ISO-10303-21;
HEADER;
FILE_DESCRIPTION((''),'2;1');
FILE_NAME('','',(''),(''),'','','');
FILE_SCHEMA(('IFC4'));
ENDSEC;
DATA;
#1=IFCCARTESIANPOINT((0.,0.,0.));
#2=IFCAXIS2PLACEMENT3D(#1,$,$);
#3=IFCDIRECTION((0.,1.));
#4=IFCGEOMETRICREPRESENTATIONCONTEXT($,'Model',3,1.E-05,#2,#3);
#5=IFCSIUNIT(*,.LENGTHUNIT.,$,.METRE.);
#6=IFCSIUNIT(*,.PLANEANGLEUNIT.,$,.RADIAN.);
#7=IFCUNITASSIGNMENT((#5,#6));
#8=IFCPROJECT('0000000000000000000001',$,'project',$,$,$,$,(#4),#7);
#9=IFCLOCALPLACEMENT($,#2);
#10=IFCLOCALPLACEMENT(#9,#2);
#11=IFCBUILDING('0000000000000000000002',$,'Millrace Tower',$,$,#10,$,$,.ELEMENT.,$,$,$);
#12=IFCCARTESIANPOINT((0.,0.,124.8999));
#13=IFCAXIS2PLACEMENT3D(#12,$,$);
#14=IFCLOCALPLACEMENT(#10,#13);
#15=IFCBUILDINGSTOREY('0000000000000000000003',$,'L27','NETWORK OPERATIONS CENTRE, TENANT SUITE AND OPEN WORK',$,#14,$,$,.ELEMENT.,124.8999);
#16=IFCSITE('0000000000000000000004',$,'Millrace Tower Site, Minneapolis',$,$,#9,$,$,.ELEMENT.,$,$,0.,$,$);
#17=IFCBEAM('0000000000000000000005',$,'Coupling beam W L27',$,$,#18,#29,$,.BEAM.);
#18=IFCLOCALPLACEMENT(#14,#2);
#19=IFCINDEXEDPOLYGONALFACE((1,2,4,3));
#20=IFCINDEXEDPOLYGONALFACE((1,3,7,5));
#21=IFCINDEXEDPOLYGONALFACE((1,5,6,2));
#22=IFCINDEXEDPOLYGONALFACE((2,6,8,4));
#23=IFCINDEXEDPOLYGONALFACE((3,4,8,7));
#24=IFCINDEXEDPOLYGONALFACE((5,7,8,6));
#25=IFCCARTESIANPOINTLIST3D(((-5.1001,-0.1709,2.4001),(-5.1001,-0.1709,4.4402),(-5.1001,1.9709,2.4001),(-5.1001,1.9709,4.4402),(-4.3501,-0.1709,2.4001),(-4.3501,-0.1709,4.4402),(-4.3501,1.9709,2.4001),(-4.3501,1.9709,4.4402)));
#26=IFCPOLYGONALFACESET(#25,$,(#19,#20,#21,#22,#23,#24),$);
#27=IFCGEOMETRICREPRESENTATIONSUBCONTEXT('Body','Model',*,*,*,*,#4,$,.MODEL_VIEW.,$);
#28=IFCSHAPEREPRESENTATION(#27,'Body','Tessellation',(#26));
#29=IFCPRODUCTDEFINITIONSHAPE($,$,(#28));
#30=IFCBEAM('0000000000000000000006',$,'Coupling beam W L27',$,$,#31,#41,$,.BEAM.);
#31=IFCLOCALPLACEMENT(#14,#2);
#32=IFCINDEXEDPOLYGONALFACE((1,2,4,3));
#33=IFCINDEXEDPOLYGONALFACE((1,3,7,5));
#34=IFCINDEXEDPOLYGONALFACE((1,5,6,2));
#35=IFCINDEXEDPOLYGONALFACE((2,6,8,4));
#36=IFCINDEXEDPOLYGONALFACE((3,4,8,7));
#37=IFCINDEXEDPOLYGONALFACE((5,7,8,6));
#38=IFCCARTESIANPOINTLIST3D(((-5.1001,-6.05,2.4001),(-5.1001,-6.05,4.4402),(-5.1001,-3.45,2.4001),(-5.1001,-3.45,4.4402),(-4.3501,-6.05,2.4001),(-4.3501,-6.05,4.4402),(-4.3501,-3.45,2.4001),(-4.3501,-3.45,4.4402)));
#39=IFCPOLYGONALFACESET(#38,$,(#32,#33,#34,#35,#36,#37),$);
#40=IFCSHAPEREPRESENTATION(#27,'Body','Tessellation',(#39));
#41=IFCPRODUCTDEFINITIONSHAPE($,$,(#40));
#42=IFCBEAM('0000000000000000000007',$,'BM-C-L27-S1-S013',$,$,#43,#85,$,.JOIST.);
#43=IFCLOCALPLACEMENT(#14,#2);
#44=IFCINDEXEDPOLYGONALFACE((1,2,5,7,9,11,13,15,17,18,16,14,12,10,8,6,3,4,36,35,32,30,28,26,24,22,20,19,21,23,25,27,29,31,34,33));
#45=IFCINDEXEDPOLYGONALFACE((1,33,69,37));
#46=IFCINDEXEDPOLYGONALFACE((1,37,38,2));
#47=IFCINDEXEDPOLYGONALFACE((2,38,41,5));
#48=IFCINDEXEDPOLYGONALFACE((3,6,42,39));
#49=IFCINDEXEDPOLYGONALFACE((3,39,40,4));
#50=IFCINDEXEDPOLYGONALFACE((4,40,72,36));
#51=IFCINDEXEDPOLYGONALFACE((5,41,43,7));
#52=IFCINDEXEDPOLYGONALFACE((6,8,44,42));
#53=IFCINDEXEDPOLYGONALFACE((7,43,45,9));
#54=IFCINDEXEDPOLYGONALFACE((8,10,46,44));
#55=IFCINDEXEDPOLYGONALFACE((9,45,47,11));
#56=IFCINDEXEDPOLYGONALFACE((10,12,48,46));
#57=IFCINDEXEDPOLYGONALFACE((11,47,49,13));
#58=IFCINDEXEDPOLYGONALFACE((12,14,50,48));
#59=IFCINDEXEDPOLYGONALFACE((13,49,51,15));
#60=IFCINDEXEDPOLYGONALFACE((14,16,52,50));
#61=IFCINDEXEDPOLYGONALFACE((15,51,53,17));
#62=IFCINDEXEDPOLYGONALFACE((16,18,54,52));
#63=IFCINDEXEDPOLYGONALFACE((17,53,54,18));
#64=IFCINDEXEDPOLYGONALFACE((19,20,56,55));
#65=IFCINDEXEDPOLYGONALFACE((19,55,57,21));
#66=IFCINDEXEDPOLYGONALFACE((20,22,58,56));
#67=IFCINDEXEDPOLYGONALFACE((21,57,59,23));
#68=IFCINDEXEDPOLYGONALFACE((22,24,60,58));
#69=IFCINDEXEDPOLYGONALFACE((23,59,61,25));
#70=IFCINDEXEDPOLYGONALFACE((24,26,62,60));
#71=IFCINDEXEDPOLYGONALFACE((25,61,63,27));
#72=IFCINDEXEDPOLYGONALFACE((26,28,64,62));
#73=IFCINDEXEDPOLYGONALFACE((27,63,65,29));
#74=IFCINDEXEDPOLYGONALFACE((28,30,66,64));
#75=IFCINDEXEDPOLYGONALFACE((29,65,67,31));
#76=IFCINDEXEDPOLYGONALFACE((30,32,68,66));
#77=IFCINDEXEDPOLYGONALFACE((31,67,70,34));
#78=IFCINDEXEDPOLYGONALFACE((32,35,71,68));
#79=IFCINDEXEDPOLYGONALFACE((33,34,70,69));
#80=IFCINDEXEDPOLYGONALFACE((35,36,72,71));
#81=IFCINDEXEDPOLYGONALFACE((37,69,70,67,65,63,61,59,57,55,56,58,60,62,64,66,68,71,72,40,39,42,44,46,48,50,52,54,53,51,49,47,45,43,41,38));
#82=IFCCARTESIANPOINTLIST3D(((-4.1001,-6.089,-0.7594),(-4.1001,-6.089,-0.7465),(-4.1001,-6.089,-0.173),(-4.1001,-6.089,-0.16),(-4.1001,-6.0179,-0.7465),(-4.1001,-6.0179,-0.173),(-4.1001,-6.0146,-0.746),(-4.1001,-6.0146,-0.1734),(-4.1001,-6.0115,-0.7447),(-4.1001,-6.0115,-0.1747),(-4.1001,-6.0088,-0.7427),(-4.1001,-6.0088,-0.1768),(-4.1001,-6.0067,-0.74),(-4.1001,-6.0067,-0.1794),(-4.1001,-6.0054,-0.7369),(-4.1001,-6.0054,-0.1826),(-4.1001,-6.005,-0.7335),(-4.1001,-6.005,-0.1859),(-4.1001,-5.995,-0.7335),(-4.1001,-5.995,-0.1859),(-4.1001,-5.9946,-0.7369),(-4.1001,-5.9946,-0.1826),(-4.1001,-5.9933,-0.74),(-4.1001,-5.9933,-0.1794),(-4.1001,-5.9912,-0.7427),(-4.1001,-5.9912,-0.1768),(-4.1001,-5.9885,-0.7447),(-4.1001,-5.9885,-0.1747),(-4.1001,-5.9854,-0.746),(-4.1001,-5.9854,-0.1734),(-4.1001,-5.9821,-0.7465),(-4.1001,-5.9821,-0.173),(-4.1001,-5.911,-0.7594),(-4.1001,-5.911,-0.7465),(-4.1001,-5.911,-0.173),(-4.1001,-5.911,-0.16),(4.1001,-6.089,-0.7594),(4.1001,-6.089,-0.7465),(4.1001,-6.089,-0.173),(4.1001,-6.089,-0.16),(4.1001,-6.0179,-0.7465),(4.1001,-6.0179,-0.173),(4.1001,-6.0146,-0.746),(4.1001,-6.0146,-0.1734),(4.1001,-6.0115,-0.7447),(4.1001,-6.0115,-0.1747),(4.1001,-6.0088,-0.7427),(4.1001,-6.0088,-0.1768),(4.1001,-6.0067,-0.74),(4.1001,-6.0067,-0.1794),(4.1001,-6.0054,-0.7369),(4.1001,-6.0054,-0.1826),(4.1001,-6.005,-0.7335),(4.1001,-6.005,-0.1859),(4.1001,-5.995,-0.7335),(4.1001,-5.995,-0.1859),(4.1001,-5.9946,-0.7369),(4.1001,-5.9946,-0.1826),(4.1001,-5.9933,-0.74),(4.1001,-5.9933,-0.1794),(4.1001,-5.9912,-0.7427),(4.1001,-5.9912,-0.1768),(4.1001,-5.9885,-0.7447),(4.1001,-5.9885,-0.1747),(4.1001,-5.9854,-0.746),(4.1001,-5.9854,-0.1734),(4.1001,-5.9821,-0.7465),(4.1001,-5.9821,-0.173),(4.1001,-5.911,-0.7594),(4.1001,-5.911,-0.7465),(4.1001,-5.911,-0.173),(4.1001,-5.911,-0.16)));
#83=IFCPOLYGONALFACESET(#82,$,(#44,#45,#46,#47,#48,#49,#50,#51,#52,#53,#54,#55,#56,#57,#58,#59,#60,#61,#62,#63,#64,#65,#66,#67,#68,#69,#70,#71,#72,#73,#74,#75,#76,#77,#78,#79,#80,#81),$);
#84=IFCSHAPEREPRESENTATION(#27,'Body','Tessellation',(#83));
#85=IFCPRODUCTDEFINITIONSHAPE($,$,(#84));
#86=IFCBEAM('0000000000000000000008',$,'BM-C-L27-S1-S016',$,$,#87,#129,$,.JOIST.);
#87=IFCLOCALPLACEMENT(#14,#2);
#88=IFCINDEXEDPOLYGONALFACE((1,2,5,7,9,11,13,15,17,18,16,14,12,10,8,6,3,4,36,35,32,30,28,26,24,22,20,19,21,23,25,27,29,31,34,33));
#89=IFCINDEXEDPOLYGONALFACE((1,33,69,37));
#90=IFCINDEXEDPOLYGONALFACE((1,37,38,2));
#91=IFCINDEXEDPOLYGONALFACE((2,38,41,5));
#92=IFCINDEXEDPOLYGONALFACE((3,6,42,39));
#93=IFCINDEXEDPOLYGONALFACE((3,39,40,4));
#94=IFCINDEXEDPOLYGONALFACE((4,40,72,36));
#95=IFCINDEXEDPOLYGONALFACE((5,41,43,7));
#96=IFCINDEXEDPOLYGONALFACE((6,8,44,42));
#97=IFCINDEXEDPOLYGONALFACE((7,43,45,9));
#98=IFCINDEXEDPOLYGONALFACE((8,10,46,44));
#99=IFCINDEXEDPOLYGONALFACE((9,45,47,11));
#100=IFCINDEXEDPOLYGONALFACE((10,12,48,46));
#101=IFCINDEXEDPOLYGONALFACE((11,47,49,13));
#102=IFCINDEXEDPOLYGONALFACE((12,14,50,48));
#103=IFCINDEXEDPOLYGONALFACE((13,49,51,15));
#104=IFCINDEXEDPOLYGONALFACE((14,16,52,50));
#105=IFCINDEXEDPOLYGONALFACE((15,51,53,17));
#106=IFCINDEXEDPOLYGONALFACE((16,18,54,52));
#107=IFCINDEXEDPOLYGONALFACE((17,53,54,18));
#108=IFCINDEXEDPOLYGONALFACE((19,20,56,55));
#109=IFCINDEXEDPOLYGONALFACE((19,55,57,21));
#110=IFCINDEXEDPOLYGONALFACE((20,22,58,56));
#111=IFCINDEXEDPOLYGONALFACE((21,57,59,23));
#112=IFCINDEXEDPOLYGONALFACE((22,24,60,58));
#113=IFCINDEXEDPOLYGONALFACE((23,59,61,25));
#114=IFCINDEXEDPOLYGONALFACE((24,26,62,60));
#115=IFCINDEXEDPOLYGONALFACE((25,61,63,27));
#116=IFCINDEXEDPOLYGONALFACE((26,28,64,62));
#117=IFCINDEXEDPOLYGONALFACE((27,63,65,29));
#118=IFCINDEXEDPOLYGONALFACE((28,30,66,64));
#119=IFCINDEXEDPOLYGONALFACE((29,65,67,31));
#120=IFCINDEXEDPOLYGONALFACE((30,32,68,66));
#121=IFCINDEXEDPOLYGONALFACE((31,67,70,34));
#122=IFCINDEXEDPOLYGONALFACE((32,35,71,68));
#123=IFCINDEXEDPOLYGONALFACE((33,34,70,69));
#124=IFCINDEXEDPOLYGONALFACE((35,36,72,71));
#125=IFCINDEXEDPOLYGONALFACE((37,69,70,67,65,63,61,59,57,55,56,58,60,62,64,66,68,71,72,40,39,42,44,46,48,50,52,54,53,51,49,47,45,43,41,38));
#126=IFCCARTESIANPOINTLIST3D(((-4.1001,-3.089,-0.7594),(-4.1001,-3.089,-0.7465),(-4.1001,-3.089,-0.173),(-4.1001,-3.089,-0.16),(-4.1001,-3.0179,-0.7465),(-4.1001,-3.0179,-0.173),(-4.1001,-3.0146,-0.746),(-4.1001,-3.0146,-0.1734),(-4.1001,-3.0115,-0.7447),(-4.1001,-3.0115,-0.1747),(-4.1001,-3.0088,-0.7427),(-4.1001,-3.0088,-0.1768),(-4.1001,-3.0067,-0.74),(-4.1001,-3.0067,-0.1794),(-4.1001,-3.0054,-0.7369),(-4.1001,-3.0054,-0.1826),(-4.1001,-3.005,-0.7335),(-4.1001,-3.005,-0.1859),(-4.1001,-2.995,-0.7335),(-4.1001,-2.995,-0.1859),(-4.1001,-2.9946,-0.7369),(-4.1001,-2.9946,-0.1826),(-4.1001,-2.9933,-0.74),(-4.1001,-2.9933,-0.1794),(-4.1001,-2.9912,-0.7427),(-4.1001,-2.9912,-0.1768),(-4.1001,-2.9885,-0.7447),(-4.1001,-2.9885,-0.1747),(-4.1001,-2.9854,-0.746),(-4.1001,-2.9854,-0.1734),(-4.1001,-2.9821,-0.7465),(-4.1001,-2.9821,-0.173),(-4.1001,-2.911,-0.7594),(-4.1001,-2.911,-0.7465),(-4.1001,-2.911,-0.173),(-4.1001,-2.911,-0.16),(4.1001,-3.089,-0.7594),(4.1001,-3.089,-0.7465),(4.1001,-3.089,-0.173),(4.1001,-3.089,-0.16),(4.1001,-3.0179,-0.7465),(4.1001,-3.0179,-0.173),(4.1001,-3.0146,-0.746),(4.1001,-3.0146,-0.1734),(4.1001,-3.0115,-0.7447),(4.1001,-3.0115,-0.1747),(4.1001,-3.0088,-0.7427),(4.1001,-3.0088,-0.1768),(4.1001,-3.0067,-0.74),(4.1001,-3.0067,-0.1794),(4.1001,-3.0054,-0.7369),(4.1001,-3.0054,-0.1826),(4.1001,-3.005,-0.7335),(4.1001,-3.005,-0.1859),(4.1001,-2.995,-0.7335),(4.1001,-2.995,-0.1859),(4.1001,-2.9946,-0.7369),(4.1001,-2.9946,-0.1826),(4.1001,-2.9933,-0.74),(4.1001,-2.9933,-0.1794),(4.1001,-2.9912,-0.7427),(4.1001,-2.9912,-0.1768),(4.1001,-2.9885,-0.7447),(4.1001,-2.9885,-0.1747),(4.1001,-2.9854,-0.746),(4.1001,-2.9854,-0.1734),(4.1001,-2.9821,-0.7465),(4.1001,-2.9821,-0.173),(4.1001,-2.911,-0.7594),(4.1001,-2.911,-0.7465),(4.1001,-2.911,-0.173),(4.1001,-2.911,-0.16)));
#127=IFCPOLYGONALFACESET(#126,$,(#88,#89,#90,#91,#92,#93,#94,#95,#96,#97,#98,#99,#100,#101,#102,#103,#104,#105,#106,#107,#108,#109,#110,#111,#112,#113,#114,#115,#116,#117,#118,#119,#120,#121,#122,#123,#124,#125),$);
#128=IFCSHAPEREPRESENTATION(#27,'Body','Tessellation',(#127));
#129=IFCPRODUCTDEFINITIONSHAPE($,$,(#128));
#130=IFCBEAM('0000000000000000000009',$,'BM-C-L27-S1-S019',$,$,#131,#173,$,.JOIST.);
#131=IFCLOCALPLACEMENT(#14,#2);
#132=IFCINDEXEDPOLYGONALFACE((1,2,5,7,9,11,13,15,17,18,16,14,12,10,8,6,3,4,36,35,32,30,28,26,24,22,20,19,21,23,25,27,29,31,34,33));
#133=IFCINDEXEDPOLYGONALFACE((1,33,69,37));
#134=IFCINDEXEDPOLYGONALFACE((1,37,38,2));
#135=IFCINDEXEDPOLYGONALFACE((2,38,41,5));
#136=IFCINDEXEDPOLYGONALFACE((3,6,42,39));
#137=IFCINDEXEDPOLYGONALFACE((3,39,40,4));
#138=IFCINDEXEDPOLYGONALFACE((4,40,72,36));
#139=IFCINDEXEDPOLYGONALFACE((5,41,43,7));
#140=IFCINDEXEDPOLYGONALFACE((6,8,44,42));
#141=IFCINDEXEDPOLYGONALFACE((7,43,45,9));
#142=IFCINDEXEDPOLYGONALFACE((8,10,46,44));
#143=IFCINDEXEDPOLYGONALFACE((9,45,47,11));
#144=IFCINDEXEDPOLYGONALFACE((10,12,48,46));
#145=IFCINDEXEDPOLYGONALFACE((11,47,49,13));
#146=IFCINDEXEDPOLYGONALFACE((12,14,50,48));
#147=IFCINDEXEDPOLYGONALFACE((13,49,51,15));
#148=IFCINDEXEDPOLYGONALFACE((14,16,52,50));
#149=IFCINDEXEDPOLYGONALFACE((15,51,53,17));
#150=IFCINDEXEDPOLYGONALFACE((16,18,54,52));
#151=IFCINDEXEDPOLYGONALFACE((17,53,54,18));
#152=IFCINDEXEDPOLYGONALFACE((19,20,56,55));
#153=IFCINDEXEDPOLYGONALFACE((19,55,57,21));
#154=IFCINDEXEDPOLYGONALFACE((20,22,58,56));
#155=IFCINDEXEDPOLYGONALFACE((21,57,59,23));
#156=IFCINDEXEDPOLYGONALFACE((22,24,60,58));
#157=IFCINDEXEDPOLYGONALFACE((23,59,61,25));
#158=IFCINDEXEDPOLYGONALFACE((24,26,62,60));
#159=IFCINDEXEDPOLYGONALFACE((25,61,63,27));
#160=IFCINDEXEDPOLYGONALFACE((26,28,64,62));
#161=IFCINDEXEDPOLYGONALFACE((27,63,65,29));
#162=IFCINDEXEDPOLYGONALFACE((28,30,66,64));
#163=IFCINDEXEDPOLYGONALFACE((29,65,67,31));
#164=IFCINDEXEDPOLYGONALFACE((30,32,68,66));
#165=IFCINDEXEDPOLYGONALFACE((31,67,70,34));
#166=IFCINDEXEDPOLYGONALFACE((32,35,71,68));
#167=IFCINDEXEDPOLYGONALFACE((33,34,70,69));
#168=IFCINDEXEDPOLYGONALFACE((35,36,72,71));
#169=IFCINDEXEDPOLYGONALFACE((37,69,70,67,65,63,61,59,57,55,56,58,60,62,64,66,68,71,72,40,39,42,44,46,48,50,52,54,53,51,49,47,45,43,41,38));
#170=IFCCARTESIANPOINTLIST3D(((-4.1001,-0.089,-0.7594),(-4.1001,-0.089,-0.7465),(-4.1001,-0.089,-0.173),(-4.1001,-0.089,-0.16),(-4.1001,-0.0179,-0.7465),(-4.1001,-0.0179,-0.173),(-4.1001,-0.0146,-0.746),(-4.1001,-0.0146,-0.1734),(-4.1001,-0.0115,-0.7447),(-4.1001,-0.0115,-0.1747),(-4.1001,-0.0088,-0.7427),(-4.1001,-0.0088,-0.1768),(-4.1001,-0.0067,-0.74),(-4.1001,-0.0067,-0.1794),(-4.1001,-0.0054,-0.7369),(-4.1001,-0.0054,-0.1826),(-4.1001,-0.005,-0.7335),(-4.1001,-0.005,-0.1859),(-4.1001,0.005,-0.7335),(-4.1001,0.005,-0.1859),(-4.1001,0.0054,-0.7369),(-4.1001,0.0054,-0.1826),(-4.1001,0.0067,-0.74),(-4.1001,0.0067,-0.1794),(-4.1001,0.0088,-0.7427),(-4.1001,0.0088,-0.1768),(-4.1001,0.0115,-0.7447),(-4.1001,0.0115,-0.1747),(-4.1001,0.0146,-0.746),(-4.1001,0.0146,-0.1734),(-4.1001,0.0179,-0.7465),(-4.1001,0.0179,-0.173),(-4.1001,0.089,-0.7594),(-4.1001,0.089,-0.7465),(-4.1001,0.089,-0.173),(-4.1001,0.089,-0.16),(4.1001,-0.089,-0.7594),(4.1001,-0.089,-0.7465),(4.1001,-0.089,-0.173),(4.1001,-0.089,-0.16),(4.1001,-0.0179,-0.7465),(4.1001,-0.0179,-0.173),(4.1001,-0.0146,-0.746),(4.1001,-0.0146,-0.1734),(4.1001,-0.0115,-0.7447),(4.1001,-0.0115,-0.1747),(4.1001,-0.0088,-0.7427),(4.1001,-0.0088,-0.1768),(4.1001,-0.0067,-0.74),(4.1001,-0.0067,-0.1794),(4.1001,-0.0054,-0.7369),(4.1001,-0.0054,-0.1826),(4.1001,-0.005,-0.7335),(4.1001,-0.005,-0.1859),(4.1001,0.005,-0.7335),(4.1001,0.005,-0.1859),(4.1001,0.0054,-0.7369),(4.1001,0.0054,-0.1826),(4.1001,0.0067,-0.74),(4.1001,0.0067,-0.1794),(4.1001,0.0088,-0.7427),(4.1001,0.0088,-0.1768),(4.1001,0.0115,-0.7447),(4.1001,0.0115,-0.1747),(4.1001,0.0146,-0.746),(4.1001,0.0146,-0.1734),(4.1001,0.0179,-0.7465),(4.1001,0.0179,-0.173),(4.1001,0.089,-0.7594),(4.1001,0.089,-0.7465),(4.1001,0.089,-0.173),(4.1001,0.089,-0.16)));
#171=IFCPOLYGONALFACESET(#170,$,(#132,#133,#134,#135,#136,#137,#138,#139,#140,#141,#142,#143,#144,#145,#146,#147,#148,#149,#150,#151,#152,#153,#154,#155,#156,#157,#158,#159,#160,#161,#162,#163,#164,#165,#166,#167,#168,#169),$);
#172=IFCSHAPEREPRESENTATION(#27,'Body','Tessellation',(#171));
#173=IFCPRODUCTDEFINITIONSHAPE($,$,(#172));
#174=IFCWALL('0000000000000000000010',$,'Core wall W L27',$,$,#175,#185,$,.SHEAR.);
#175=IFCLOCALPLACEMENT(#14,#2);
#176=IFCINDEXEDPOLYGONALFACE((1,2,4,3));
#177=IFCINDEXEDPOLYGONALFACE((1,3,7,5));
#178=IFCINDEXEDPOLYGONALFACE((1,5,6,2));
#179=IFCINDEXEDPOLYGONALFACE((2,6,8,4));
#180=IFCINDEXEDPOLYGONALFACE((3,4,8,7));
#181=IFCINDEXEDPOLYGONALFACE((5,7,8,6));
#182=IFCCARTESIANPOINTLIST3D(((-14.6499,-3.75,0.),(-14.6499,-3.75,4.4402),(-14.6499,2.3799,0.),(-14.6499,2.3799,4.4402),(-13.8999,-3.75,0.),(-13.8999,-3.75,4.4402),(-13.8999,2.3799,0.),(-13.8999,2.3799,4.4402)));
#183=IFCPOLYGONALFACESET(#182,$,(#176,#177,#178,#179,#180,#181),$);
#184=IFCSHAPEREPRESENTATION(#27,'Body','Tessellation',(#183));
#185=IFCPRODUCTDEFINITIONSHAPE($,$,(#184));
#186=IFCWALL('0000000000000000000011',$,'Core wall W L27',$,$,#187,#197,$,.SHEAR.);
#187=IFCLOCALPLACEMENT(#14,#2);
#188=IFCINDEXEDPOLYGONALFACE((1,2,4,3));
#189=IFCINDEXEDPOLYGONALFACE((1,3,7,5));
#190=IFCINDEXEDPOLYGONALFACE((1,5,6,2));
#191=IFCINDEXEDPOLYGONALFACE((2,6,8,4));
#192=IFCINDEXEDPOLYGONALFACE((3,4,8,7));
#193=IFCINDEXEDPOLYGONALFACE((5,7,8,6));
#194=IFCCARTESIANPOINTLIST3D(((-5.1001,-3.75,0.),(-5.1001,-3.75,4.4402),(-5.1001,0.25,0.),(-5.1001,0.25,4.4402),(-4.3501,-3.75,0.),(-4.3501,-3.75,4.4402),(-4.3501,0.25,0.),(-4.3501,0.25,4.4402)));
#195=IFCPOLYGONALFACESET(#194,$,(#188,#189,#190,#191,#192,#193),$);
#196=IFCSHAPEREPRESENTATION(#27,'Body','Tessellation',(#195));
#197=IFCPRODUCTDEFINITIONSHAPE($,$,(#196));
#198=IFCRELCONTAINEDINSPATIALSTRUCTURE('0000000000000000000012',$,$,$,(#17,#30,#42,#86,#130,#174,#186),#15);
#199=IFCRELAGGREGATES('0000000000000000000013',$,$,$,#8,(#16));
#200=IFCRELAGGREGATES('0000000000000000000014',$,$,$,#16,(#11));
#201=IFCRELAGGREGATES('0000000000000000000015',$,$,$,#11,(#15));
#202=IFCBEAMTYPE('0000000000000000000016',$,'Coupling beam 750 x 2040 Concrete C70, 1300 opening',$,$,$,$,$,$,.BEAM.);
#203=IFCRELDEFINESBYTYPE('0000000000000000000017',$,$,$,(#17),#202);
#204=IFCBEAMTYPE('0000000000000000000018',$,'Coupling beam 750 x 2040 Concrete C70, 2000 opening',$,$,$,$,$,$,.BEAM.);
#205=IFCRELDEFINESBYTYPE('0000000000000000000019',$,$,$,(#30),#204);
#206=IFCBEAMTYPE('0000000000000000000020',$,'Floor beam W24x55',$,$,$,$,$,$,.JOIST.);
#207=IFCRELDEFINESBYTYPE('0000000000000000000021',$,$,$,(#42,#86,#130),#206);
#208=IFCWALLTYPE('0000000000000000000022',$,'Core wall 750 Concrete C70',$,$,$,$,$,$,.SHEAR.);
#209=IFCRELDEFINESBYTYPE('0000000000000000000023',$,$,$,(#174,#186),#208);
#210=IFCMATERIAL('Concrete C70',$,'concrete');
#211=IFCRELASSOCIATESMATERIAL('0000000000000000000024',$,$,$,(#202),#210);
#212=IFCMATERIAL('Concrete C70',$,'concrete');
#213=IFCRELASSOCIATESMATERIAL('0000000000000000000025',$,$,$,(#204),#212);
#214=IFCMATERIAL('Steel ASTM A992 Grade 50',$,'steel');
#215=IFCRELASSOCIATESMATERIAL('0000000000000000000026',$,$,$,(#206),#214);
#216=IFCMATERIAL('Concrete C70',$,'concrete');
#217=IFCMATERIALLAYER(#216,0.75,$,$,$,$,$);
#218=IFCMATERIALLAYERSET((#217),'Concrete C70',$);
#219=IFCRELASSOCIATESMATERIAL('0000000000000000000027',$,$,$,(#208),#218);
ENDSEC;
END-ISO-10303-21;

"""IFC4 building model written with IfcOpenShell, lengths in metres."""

from ifc_helpers import new_model, si_unit, direction, frame, frame_2d, origin, origin_2d, place, context, subcontext, project, spatial, rectangle, i_section, extrude, material, layer, layer_set, material_profile, profile_set, type_object, element, save


model = new_model("IFC4")

# Units and contexts
model_context = context("Model", 3, precision=1e-05, world=origin(), true_north=direction((0.0, 1.0)))
body_context = subcontext(model_context, "Body", "Model", "MODEL_VIEW")
ifc_project = project(units=[si_unit("LENGTHUNIT", "METRE"), si_unit("PLANEANGLEUNIT", "RADIAN")], contexts=[model_context])

# Site, building, storey
site_placement = place(None, origin())
site = spatial("IfcSite", under=ifc_project, at=site_placement, Name="Millrace Tower Site, Minneapolis", CompositionType="ELEMENT", RefElevation=0.0)
building_placement = place(site_placement, origin())
building = spatial("IfcBuilding", under=site, at=building_placement, Name="Millrace Tower", CompositionType="ELEMENT")
storey_placement = place(building_placement, frame((0.0, 0.0, 124.8999)))
storey = spatial("IfcBuildingStorey", under=building, at=storey_placement, Name="L27", Description="NETWORK OPERATIONS CENTRE, TENANT SUITE AND OPEN WORK", CompositionType="ELEMENT", Elevation=124.8999)

# Beams
ifc_material_1 = material(Name="Concrete C70", Category="concrete")
ifc_material_profile_1 = material_profile(ifc_material_1, rectangle(XDim=0.75, YDim=2.04, at=origin_2d()))
ifc_profile_set_1 = profile_set([ifc_material_profile_1], Name="Concrete C70")
beam_type_1 = type_object("IfcBeamType", Name="Coupling beam 750 x 2040 Concrete C70, 1300 opening", PredefinedType="BEAM", material=ifc_profile_set_1)
beam_1_placement = place(storey_placement, frame((-4.7251, -0.1709, 3.4202), z_axis=(0.0, 1.0, 0.0), x_axis=(-1.0, 0.0, 0.0)))
element("IfcBeam", 1, at=beam_1_placement, inside=storey, type_object=beam_type_1, Name="Coupling beam W L27", PredefinedType="BEAM", context=body_context, shape_type="SweptSolid", body=[
    extrude(rectangle(XDim=0.75, YDim=2.04, at=origin_2d()), origin(), (0.0, 0.0, 1.0), 2.1418),
])
ifc_material_2 = material(Name="Concrete C70", Category="concrete")
ifc_material_profile_2 = material_profile(ifc_material_2, rectangle(XDim=0.75, YDim=2.04, at=origin_2d()))
ifc_profile_set_2 = profile_set([ifc_material_profile_2], Name="Concrete C70")
beam_type_2 = type_object("IfcBeamType", Name="Coupling beam 750 x 2040 Concrete C70, 2000 opening", PredefinedType="BEAM", material=ifc_profile_set_2)
beam_2_placement = place(storey_placement, frame((-4.7251, -6.05, 3.4202), z_axis=(0.0, 1.0, 0.0), x_axis=(-1.0, 0.0, 0.0)))
element("IfcBeam", 2, at=beam_2_placement, inside=storey, type_object=beam_type_2, Name="Coupling beam W L27", PredefinedType="BEAM", context=body_context, shape_type="SweptSolid", body=[
    extrude(rectangle(XDim=0.75, YDim=2.04, at=origin_2d()), origin(), (0.0, 0.0, 1.0), 2.6001),
])
ifc_material_3 = material(Name="Steel ASTM A992 Grade 50", Category="steel")
ifc_material_profile_3 = material_profile(ifc_material_3, i_section(OverallWidth=0.178, OverallDepth=0.5994, WebThickness=0.01, FlangeThickness=0.0129, FilletRadius=0.0129, at=origin_2d()))
ifc_profile_set_3 = profile_set([ifc_material_profile_3], Name="Steel ASTM A992 Grade 50")
beam_type_3 = type_object("IfcBeamType", Name="Floor beam W24x55", PredefinedType="JOIST", material=ifc_profile_set_3)
for number, where, z_axis, x_axis, name in (
    (3, (-4.1001, -6.0, -0.4597), (1.0, 0.0, 0.0), (0.0, 1.0, 0.0), "BM-C-L27-S1-S013"),
    (4, (-4.1001, -3.0, -0.4597), (1.0, 0.0, 0.0), (0.0, 1.0, 0.0), "BM-C-L27-S1-S016"),
    (5, (-4.1001, 0.0, -0.4597), (1.0, 0.0, 0.0), (0.0, 1.0, 0.0), "BM-C-L27-S1-S019"),
):
    element("IfcBeam", number, at=place(storey_placement, frame(where, z_axis=z_axis, x_axis=x_axis)), inside=storey, type_object=beam_type_3, Name=name, PredefinedType="JOIST", context=body_context, shape_type="SweptSolid", body=[
        extrude(i_section(OverallWidth=0.178, OverallDepth=0.5994, WebThickness=0.01, FlangeThickness=0.0129, FilletRadius=0.0129, at=origin_2d()), origin(), (0.0, 0.0, 1.0), 8.2002),
    ])

# Walls
ifc_material_4 = material(Name="Concrete C70", Category="concrete")
ifc_layer_1 = layer(ifc_material_4, 0.75)
ifc_layer_set_1 = layer_set([ifc_layer_1], Name="Concrete C70")
wall_type_1 = type_object("IfcWallType", Name="Core wall 750 Concrete C70", PredefinedType="SHEAR", material=ifc_layer_set_1)
wall_1_placement = place(storey_placement, frame((-14.2749, -3.75, 0.0), z_axis=(0.0, 0.0, 1.0), x_axis=(0.0, 1.0, 0.0)))
element("IfcWall", 6, at=wall_1_placement, inside=storey, type_object=wall_type_1, Name="Core wall W L27", PredefinedType="SHEAR", context=body_context, shape_type="SweptSolid", body=[
    extrude(rectangle(XDim=6.1299, YDim=0.75, at=frame_2d((3.0649, 0.0))), origin(), (0.0, 0.0, 1.0), 4.4402),
])
wall_2_placement = place(storey_placement, frame((-4.7251, -3.75, 0.0), z_axis=(0.0, 0.0, 1.0), x_axis=(0.0, 1.0, 0.0)))
element("IfcWall", 7, at=wall_2_placement, inside=storey, type_object=wall_type_1, Name="Core wall W L27", PredefinedType="SHEAR", context=body_context, shape_type="SweptSolid", body=[
    extrude(rectangle(XDim=4.0, YDim=0.75, at=frame_2d((2.0, 0.0))), origin(), (0.0, 0.0, 1.0), 4.4402),
])

save(model, "model.ifc")
